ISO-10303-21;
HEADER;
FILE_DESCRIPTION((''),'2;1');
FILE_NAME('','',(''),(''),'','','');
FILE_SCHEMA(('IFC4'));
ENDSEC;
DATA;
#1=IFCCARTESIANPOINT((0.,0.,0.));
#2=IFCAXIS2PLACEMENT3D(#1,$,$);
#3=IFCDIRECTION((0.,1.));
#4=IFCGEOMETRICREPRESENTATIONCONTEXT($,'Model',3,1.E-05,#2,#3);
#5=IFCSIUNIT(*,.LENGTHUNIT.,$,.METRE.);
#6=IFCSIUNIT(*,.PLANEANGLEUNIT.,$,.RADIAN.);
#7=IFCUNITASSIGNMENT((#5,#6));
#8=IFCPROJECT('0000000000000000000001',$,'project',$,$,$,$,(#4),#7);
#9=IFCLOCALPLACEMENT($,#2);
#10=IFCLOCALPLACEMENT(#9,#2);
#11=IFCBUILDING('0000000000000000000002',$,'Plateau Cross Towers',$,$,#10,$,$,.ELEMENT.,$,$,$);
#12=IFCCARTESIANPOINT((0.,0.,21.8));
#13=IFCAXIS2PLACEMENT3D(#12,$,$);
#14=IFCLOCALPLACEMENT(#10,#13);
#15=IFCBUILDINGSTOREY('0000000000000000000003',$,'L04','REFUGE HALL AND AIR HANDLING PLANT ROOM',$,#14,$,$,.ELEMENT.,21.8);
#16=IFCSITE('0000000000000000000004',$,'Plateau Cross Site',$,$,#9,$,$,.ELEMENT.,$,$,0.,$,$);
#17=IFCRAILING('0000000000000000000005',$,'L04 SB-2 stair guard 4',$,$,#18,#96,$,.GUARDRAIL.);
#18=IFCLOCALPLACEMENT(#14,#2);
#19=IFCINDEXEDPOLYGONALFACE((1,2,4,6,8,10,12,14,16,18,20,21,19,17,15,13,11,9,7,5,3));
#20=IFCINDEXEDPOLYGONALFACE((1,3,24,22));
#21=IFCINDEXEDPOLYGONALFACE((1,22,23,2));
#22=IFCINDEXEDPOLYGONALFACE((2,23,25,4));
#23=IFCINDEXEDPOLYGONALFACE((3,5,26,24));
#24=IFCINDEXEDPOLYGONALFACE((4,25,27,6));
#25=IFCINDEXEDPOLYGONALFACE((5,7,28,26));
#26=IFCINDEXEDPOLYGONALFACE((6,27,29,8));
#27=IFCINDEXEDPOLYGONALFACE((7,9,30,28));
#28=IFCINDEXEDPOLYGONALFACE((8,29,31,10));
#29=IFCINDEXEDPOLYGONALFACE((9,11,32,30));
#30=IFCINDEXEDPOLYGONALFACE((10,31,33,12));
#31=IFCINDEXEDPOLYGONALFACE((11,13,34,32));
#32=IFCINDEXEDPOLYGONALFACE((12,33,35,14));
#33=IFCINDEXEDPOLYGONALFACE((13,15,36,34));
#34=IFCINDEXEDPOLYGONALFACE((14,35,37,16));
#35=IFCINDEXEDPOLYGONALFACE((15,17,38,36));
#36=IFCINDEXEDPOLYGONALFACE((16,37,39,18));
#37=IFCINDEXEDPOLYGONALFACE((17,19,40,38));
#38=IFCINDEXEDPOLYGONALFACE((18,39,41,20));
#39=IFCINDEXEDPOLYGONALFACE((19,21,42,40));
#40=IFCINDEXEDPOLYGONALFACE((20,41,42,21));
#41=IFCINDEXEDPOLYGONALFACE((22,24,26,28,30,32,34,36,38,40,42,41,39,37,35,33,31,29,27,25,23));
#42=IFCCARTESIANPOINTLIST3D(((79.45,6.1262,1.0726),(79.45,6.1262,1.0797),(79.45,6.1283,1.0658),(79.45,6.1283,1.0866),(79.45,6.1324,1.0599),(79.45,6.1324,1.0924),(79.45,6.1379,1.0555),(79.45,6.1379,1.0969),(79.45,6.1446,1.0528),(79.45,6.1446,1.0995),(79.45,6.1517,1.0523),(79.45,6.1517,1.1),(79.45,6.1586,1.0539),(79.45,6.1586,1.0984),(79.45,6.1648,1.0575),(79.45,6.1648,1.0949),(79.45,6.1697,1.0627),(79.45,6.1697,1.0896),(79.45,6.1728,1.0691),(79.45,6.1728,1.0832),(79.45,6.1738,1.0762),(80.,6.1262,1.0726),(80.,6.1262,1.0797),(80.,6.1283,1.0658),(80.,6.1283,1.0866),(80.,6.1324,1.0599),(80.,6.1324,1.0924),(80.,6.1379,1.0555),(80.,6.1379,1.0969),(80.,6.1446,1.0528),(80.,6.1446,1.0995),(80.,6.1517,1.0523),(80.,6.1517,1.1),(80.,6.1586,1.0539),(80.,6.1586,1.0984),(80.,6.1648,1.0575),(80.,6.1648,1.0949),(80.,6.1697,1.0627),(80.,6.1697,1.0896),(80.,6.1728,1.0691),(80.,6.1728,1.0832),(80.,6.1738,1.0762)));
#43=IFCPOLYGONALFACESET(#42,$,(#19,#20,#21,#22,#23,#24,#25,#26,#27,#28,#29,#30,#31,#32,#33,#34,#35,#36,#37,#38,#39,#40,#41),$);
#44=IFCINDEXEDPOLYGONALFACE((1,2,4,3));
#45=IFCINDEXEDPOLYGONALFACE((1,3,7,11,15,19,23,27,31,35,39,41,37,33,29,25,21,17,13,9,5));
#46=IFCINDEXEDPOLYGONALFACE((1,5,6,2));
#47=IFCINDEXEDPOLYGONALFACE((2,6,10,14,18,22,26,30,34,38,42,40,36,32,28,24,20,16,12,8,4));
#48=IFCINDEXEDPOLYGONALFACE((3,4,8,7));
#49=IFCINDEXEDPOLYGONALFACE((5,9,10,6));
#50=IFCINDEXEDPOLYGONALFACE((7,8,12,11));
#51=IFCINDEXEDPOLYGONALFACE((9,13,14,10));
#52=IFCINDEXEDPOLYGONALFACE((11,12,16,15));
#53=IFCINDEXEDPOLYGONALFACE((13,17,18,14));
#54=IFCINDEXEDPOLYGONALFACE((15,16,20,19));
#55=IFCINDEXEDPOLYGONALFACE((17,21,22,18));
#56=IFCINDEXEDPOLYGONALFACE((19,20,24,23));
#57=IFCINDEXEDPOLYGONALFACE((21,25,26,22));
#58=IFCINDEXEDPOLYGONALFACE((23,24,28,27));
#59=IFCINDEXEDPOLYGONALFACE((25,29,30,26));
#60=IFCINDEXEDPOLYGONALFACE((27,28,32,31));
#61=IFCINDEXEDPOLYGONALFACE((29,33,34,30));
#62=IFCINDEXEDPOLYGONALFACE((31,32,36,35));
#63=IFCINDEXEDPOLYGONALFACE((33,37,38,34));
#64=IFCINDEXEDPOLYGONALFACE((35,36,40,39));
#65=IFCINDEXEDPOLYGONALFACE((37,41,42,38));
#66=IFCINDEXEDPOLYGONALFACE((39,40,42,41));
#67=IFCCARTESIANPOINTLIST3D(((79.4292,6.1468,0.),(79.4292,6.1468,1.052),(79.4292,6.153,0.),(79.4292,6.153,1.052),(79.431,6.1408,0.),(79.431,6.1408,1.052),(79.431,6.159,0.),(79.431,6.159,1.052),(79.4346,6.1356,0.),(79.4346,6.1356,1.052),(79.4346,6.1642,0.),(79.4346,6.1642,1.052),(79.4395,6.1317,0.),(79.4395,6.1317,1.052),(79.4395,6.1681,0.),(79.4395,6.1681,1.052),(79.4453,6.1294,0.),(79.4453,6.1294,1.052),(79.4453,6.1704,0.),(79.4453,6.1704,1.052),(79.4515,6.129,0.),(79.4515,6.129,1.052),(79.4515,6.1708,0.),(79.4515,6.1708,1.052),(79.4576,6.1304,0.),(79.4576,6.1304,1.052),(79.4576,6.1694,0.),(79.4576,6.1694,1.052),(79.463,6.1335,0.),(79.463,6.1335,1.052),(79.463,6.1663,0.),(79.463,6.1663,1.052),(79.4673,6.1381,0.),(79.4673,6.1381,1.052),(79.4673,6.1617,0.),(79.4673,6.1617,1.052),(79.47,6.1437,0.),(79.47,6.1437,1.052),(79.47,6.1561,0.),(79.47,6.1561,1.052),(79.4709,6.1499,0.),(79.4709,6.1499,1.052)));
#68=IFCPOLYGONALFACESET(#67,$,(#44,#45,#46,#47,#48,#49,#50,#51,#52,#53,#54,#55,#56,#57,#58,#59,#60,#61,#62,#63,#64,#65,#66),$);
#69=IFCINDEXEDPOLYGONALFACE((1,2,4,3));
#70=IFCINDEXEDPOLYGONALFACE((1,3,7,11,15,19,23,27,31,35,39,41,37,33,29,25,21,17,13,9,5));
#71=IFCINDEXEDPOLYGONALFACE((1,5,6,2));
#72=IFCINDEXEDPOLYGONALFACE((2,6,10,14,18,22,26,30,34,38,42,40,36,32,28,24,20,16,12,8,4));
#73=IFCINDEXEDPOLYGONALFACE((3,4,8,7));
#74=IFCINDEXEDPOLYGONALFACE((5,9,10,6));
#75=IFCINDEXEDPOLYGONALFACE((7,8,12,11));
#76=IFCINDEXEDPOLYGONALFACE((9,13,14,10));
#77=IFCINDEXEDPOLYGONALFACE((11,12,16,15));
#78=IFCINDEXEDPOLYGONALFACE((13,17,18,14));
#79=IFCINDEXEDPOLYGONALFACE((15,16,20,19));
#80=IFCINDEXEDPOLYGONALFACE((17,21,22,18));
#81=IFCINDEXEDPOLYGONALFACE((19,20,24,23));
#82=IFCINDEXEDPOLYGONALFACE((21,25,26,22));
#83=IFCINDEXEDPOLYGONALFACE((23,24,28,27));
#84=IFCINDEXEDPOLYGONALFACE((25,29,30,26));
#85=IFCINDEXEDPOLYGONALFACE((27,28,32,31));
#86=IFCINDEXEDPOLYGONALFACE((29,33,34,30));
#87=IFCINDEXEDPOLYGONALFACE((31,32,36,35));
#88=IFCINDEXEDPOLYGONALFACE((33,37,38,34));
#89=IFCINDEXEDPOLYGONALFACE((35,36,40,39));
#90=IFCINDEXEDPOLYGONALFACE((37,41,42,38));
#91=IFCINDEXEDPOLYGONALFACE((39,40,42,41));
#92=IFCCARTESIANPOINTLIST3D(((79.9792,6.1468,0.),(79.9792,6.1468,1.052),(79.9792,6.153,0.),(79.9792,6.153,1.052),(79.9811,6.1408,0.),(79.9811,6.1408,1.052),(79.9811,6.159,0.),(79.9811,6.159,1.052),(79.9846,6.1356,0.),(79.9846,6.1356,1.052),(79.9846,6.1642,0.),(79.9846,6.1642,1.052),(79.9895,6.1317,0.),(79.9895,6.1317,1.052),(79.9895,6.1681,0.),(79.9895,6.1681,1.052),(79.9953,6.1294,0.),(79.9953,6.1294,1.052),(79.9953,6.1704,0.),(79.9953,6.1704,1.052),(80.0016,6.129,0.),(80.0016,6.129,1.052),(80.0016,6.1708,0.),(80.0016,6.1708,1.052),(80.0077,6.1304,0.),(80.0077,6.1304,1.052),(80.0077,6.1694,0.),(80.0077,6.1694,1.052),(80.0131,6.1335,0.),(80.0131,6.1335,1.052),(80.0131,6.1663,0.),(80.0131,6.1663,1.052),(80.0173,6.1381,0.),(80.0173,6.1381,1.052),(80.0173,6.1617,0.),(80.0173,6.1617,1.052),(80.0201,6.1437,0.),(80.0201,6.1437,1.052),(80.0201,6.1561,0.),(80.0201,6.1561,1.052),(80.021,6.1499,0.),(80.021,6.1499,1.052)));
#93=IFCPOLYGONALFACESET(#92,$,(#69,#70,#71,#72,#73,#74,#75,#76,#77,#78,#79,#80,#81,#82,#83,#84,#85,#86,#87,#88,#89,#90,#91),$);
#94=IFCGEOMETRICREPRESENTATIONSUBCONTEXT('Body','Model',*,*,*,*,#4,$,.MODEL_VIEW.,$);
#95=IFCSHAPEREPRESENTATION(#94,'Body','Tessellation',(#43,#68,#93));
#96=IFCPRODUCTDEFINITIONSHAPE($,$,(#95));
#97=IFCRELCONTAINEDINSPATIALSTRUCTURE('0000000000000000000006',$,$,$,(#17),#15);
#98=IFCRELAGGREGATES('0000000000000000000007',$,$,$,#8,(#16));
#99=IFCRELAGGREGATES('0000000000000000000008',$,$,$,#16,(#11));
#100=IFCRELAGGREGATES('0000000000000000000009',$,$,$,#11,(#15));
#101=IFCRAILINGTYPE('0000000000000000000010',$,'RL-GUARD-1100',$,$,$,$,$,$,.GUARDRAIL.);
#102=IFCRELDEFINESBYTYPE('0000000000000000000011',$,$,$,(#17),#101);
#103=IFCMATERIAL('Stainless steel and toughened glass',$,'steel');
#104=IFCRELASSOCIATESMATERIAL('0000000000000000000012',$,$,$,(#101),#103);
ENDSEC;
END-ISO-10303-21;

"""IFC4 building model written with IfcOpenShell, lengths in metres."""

from ifc_helpers import new_model, si_unit, direction, frame, origin, origin_2d, place, context, subcontext, project, spatial, circle, extrude, material, type_object, element, save


model = new_model("IFC4")

# Units and contexts
model_context = context("Model", 3, precision=1e-05, world=origin(), true_north=direction((0.0, 1.0)))
body_context = subcontext(model_context, "Body", "Model", "MODEL_VIEW")
ifc_project = project(units=[si_unit("LENGTHUNIT", "METRE"), si_unit("PLANEANGLEUNIT", "RADIAN")], contexts=[model_context])

# Site, building, storey
site_placement = place(None, origin())
site = spatial("IfcSite", under=ifc_project, at=site_placement, Name="Plateau Cross Site", CompositionType="ELEMENT", RefElevation=0.0)
building_placement = place(site_placement, origin())
building = spatial("IfcBuilding", under=site, at=building_placement, Name="Plateau Cross Towers", CompositionType="ELEMENT")
storey_placement = place(building_placement, frame((0.0, 0.0, 21.8)))
storey = spatial("IfcBuildingStorey", under=building, at=storey_placement, Name="L04", Description="REFUGE HALL AND AIR HANDLING PLANT ROOM", CompositionType="ELEMENT", Elevation=21.8)

# Railing
ifc_material_1 = material(Name="Stainless steel and toughened glass", Category="steel")
railing_type_1 = type_object("IfcRailingType", Name="RL-GUARD-1100", PredefinedType="GUARDRAIL", material=ifc_material_1)
railing_1_placement = place(storey_placement, frame((79.45, 6.1499, 0.0)))
element("IfcRailing", 1, at=railing_1_placement, inside=storey, type_object=railing_type_1, Name="L04 SB-2 stair guard 4", PredefinedType="GUARDRAIL", context=body_context, shape_type="SweptSolid", body=[
    extrude(circle(Radius=0.0239, at=origin_2d()), frame((0.0, 0.0, 1.0762), z_axis=(1.0, 0.0, 0.0), x_axis=(0.0, 1.0, 0.0)), (0.0, 0.0, 1.0), 0.55),
    extrude(circle(Radius=0.021, at=origin_2d()), origin(), (0.0, 0.0, 1.0), 1.052),
    extrude(circle(Radius=0.021, at=origin_2d()), frame((0.55, 0.0, 0.0)), (0.0, 0.0, 1.0), 1.052),
])

save(model, "model.ifc")
